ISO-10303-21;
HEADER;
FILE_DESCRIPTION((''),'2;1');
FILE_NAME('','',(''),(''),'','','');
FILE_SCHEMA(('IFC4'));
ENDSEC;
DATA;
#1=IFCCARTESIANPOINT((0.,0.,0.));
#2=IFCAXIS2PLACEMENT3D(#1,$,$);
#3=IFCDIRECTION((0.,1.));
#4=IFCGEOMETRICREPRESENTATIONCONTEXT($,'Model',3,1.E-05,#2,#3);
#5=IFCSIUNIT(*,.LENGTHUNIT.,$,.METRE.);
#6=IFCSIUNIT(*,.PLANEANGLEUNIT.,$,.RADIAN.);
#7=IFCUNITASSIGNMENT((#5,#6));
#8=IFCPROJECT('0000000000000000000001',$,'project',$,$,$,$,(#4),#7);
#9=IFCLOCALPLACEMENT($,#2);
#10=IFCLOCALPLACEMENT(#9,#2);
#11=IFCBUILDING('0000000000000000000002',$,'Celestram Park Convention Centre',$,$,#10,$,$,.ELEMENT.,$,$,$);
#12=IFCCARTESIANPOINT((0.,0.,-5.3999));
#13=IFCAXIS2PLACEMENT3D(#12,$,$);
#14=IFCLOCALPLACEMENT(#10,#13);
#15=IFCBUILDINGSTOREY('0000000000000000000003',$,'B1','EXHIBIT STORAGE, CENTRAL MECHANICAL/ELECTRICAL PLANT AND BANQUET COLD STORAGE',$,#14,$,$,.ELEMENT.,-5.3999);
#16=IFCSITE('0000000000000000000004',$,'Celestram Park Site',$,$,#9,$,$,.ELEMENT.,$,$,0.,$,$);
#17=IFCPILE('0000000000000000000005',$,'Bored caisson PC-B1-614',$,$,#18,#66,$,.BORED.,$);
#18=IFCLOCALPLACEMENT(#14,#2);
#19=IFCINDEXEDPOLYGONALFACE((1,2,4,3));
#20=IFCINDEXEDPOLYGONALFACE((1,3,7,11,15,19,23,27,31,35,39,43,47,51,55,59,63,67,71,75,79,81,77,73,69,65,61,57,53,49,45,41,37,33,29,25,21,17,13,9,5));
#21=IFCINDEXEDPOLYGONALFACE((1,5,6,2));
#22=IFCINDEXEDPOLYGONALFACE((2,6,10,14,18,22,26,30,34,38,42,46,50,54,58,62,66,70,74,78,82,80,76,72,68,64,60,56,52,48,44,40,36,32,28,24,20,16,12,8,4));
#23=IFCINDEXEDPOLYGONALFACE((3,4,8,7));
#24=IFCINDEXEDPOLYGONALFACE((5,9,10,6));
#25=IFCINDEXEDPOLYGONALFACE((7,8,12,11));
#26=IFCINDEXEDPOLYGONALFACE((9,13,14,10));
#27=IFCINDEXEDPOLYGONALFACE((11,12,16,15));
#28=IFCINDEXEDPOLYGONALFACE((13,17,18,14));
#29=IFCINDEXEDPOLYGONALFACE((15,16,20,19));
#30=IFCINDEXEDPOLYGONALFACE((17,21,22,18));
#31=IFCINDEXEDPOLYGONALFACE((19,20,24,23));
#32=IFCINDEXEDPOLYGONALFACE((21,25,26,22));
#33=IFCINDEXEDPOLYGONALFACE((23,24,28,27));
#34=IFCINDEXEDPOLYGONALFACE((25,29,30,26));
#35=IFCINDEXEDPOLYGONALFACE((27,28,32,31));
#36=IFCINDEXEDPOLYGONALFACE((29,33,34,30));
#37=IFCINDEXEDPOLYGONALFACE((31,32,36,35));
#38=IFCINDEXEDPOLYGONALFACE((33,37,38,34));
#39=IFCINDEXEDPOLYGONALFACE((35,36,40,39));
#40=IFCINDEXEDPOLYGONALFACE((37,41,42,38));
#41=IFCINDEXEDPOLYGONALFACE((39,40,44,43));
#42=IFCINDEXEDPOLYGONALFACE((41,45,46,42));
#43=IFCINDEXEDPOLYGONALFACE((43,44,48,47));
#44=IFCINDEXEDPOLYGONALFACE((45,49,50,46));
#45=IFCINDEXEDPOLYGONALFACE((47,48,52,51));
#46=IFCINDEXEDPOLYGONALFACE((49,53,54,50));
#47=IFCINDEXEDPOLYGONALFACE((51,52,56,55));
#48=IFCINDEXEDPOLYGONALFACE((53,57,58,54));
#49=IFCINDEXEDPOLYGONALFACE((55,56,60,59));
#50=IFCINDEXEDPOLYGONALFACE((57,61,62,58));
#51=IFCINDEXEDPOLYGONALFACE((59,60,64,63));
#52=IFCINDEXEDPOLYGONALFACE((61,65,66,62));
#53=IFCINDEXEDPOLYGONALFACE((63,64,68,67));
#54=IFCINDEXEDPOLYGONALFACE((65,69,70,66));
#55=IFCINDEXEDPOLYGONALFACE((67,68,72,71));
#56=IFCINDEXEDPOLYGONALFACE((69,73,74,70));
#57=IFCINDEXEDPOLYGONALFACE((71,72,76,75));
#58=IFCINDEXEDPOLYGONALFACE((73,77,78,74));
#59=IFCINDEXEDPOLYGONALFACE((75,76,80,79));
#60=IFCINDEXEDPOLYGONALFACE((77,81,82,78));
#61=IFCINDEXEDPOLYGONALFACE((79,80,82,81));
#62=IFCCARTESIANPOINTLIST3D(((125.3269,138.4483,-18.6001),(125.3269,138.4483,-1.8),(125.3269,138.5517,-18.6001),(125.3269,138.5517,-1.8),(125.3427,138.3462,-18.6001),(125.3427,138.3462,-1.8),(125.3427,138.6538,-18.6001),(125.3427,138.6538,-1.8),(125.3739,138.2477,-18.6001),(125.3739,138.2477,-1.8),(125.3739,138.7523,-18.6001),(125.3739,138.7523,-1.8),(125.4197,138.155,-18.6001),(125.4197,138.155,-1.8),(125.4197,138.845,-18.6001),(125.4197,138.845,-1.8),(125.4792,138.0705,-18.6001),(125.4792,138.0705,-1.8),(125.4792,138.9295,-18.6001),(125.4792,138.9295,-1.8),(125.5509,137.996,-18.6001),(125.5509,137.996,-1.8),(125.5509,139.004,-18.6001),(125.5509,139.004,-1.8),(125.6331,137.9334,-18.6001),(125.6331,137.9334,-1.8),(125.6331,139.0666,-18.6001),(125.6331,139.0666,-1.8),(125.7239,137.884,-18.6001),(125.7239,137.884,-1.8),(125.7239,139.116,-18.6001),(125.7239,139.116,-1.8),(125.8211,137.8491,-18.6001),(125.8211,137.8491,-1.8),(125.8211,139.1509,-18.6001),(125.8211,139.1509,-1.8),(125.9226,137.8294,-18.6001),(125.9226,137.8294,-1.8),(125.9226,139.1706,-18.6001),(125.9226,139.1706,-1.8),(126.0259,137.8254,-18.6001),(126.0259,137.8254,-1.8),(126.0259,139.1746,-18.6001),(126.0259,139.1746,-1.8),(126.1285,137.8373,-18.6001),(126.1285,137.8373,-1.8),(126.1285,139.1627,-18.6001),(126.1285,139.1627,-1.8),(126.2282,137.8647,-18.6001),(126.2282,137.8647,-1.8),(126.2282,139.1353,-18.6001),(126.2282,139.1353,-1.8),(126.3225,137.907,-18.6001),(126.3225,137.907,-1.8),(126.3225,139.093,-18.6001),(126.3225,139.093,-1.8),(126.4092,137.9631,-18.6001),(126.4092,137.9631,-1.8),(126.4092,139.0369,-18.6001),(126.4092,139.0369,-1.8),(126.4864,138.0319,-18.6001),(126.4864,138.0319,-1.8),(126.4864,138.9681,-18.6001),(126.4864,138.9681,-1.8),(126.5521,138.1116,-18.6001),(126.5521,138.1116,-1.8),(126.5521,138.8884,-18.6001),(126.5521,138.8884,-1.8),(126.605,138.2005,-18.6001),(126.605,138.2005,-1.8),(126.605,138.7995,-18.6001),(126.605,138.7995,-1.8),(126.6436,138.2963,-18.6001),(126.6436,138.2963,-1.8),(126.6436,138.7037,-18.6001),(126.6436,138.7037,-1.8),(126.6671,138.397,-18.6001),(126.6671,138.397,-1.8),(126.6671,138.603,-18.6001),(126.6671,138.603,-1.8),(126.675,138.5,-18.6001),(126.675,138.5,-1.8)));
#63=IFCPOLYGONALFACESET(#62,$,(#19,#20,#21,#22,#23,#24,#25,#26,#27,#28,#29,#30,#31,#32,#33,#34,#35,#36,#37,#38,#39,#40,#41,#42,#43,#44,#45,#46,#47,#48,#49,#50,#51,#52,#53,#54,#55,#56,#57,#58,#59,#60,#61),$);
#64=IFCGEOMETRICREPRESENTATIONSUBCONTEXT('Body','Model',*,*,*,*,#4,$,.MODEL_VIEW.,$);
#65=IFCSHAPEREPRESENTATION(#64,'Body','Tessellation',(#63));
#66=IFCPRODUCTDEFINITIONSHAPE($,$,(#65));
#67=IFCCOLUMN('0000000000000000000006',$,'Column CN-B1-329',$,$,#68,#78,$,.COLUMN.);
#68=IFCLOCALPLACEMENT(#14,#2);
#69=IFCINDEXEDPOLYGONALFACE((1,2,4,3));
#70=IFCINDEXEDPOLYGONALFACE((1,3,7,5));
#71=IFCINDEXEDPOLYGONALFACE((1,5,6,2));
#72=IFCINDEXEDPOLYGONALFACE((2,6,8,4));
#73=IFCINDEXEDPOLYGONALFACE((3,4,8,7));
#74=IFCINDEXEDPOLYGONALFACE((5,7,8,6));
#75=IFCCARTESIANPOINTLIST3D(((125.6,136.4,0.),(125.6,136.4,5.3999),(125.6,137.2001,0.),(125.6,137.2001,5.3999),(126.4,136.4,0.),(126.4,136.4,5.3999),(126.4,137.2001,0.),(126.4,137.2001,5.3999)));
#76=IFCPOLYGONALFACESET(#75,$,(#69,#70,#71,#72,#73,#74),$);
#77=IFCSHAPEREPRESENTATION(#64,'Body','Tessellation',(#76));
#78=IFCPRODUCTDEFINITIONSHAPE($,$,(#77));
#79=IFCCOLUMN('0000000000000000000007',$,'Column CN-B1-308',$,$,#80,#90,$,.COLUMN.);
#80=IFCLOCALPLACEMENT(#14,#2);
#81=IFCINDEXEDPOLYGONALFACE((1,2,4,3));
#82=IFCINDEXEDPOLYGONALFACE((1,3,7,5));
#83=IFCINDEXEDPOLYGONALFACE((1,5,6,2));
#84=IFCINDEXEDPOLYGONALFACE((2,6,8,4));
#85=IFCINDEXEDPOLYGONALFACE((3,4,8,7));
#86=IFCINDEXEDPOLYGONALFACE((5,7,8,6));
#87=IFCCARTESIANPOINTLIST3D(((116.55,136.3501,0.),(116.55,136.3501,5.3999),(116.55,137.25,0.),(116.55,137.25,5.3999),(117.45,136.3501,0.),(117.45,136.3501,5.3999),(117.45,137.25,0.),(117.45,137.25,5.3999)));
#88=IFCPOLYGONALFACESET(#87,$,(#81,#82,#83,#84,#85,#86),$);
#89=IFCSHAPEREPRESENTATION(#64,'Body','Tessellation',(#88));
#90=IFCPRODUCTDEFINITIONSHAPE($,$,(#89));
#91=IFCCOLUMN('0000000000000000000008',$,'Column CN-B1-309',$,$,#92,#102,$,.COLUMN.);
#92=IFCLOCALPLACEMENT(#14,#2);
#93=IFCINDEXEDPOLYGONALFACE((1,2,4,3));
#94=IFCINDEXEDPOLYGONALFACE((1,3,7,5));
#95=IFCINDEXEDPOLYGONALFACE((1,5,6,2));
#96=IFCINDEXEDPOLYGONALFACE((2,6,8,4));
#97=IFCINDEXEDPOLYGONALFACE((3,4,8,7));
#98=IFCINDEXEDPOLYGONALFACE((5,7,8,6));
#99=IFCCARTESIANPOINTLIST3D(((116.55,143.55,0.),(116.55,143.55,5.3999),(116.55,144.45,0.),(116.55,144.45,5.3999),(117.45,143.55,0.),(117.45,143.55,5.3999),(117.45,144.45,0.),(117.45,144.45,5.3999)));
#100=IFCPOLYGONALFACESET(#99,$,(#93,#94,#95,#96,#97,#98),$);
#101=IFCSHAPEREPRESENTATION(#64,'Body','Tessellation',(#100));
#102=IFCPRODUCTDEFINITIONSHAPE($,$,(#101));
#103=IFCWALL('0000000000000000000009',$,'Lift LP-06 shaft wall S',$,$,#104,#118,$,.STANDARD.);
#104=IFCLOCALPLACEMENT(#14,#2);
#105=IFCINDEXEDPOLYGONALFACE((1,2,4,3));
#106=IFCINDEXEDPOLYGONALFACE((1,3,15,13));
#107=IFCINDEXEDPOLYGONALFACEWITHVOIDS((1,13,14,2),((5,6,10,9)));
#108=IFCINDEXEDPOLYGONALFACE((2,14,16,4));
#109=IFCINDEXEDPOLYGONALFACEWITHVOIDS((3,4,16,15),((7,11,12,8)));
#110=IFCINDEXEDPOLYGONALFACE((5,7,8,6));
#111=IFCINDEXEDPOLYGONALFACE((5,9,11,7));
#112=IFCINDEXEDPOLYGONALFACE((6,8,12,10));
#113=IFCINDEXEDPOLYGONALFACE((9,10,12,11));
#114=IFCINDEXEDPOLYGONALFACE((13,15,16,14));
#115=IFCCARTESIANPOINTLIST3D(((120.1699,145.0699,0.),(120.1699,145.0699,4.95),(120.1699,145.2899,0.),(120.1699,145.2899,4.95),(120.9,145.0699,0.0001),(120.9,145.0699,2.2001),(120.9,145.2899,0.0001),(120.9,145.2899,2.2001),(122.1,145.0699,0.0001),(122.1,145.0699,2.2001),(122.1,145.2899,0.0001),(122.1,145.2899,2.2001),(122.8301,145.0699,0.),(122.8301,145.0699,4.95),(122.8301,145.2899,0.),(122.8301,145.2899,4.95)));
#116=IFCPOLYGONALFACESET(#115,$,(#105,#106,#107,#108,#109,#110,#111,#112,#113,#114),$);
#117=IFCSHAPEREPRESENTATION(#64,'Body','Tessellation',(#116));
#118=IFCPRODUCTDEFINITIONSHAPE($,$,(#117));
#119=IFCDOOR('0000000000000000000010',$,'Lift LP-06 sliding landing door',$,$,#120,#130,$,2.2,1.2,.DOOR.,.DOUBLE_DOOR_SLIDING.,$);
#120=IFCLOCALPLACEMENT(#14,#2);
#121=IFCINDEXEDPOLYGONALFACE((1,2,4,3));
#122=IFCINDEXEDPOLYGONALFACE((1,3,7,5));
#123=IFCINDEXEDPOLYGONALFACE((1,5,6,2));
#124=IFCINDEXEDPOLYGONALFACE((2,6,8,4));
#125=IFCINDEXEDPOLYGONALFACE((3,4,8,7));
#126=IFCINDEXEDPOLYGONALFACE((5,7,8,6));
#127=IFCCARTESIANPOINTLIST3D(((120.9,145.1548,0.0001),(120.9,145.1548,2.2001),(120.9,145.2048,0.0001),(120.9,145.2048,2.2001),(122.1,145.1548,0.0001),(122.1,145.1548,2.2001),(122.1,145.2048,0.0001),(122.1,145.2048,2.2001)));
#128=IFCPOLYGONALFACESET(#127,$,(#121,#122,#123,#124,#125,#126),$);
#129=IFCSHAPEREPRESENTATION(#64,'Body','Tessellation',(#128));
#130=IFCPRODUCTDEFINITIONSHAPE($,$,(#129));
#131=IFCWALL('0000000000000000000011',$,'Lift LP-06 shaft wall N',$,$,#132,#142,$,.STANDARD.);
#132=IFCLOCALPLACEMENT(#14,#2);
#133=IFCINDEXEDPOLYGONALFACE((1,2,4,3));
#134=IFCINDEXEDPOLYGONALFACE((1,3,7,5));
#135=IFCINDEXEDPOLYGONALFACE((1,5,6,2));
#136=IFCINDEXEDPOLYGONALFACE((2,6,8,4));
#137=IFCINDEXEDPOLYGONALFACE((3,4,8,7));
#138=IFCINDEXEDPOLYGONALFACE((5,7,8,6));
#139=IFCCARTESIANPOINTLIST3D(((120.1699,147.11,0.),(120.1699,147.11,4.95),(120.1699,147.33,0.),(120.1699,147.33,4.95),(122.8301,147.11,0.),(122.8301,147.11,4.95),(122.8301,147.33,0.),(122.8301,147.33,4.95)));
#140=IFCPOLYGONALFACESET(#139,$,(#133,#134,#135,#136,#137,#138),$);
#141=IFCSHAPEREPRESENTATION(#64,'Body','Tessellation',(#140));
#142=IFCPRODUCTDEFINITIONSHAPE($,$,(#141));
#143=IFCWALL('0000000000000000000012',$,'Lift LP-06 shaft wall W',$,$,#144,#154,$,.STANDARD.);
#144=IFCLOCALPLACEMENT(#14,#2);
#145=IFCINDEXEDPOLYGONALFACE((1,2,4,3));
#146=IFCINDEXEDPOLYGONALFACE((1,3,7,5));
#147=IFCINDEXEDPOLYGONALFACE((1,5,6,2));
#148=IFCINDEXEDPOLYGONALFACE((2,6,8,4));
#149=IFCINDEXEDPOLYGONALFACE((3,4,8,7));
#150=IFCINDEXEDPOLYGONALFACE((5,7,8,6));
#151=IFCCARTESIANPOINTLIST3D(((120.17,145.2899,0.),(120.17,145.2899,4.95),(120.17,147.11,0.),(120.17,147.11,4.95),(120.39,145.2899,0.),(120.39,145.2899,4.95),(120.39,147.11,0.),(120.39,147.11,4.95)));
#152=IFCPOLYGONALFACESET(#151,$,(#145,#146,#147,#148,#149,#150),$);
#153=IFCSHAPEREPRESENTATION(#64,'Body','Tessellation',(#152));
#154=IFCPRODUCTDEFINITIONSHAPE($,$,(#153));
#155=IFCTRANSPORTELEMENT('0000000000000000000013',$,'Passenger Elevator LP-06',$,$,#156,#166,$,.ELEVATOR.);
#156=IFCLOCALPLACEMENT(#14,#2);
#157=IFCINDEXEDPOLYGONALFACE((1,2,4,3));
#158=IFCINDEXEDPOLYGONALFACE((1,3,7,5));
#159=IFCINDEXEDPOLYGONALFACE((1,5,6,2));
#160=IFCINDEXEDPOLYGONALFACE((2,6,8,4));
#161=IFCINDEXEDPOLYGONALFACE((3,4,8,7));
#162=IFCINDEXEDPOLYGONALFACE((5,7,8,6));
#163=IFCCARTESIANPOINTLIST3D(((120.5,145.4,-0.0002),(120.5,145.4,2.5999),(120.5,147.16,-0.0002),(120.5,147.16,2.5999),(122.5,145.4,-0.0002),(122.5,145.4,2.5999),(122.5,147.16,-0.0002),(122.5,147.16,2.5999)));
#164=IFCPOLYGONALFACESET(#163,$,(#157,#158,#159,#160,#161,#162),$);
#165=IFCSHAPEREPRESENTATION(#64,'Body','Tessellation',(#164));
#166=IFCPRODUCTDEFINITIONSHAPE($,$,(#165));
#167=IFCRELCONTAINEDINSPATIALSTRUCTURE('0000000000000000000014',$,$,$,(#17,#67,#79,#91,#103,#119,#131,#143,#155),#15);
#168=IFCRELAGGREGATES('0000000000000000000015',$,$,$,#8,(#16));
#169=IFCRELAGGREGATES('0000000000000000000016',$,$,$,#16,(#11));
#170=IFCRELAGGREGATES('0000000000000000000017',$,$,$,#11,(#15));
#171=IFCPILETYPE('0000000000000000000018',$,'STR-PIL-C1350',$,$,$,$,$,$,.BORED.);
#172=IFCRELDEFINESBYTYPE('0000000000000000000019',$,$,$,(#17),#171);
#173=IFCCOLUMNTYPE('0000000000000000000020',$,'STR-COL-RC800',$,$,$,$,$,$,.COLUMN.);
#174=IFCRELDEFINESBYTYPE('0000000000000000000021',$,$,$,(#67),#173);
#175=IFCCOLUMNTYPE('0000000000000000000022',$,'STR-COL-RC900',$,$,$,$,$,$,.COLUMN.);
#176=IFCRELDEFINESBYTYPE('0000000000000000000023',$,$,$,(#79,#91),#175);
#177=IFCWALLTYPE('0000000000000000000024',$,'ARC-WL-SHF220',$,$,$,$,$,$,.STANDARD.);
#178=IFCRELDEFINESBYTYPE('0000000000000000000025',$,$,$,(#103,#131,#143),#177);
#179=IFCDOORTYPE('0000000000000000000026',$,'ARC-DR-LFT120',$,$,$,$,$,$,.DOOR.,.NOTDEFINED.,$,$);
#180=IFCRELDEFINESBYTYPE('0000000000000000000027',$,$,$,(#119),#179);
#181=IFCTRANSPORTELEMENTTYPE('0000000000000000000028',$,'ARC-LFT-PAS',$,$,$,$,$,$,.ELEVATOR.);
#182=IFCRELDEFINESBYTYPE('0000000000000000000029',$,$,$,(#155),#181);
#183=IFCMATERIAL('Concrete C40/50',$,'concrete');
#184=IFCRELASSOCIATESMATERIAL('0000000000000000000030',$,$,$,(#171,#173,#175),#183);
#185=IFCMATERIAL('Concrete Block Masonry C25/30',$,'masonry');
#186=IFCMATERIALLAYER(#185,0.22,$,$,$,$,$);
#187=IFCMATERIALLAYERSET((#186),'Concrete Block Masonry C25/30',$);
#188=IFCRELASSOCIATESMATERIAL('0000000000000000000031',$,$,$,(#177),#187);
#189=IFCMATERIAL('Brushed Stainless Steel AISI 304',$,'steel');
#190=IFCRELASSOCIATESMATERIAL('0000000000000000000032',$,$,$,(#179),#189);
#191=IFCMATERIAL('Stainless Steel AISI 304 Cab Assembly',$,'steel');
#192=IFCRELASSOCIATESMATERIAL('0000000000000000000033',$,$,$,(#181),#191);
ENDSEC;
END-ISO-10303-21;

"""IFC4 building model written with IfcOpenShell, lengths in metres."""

from ifc_helpers import new_model, si_unit, direction, frame, frame_2d, origin, origin_2d, place, context, subcontext, project, spatial, rectangle, circle, extrude, material, layer, layer_set, material_profile, profile_set, type_object, element, fill, save


model = new_model("IFC4")

# Units and contexts
model_context = context("Model", 3, precision=1e-05, world=origin(), true_north=direction((0.0, 1.0)))
body_context = subcontext(model_context, "Body", "Model", "MODEL_VIEW")
ifc_project = project(units=[si_unit("LENGTHUNIT", "METRE"), si_unit("PLANEANGLEUNIT", "RADIAN")], contexts=[model_context])

# Site, building, storey
site_placement = place(None, origin())
site = spatial("IfcSite", under=ifc_project, at=site_placement, Name="Celestram Park Site", CompositionType="ELEMENT", RefElevation=0.0)
building_placement = place(site_placement, origin())
building = spatial("IfcBuilding", under=site, at=building_placement, Name="Celestram Park Convention Centre", CompositionType="ELEMENT")
storey_placement = place(building_placement, frame((0.0, 0.0, -5.3999)))
storey = spatial("IfcBuildingStorey", under=building, at=storey_placement, Name="B1", Description="EXHIBIT STORAGE, CENTRAL MECHANICAL/ELECTRICAL PLANT AND BANQUET COLD STORAGE", CompositionType="ELEMENT", Elevation=-5.3999)

# Shared definitions
ifc_material_1 = material(Name="Concrete C40/50", Category="concrete")

# Pile
ifc_material_profile_1 = material_profile(ifc_material_1, circle(Radius=0.675, at=origin_2d()), Name="CAISSON1350")
ifc_profile_set_1 = profile_set([ifc_material_profile_1], Name="Concrete C40/50")
pile_type_1 = type_object("IfcPileType", Name="STR-PIL-C1350", PredefinedType="BORED", material=ifc_profile_set_1)
for number, where, z_axis, x_axis, name in (
    (1, (126.0, 138.5, -1.8), (0.0, 0.0, -1.0), (1.0, 0.0, 0.0), "Bored caisson PC-B1-614"),
):
    element("IfcPile", number, at=place(storey_placement, frame(where, z_axis=z_axis, x_axis=x_axis)), inside=storey, type_object=pile_type_1, Name=name, PredefinedType="BORED", context=body_context, shape_type="SweptSolid", body=[
        extrude(circle(Radius=0.675, at=origin_2d()), origin(), (0.0, 0.0, 1.0), 16.8),
    ])

# Columns
ifc_material_profile_2 = material_profile(ifc_material_1, rectangle(XDim=0.8, YDim=0.8, at=origin_2d()), Name="RC800X800")
ifc_profile_set_2 = profile_set([ifc_material_profile_2], Name="Concrete C40/50")
column_type_1 = type_object("IfcColumnType", Name="STR-COL-RC800", PredefinedType="COLUMN", material=ifc_profile_set_2)
column_placement = place(storey_placement, frame((126.0, 136.8, 0.0), z_axis=(0.0, 0.0, 1.0), x_axis=(1.0, 0.0, 0.0)))
element("IfcColumn", 2, at=column_placement, inside=storey, type_object=column_type_1, Name="Column CN-B1-329", PredefinedType="COLUMN", context=body_context, shape_type="SweptSolid", body=[
    extrude(rectangle(XDim=0.8, YDim=0.8, at=origin_2d()), origin(), (0.0, 0.0, 1.0), 5.3999),
])
ifc_material_profile_3 = material_profile(ifc_material_1, rectangle(XDim=0.8999, YDim=0.8999, at=origin_2d()), Name="RC900X900")
ifc_profile_set_3 = profile_set([ifc_material_profile_3], Name="Concrete C40/50")
column_type_2 = type_object("IfcColumnType", Name="STR-COL-RC900", PredefinedType="COLUMN", material=ifc_profile_set_3)
for number, where, z_axis, x_axis, name in (
    (3, (117.0, 136.8, 0.0), (0.0, 0.0, 1.0), (1.0, 0.0, 0.0), "Column CN-B1-308"),
    (4, (117.0, 144.0, 0.0), (0.0, 0.0, 1.0), (1.0, 0.0, 0.0), "Column CN-B1-309"),
):
    element("IfcColumn", number, at=place(storey_placement, frame(where, z_axis=z_axis, x_axis=x_axis)), inside=storey, type_object=column_type_2, Name=name, PredefinedType="COLUMN", context=body_context, shape_type="SweptSolid", body=[
        extrude(rectangle(XDim=0.8999, YDim=0.8999, at=origin_2d()), origin(), (0.0, 0.0, 1.0), 5.3999),
    ])

# Wall, opening, door
ifc_material_2 = material(Name="Concrete Block Masonry C25/30", Category="masonry")
ifc_layer = layer(ifc_material_2, 0.22)
ifc_layer_set = layer_set([ifc_layer], Name="Concrete Block Masonry C25/30")
wall_type = type_object("IfcWallType", Name="ARC-WL-SHF220", PredefinedType="STANDARD", material=ifc_layer_set)
wall_1_placement = place(storey_placement, frame((120.1699, 145.1799, 0.0), z_axis=(0.0, 0.0, 1.0), x_axis=(1.0, 0.0, 0.0)))
wall_1 = element("IfcWall", 5, at=wall_1_placement, inside=storey, type_object=wall_type, Name="Lift LP-06 shaft wall S", PredefinedType="STANDARD", context=body_context, shape_type="SweptSolid", body=[
    extrude(rectangle(XDim=2.6602, YDim=0.22, at=frame_2d((1.3301, 0.0))), origin(), (0.0, 0.0, 1.0), 4.95),
])
opening_placement = place(wall_1_placement, frame((0.73, 0.0, 0.0)))
opening = element("IfcOpeningElement", 6, at=opening_placement, cuts=wall_1, PredefinedType="OPENING", context=body_context, shape_type="SweptSolid", body=[
    extrude(rectangle(XDim=1.2, YDim=2.2, at=frame_2d((0.6001, 1.1001))), frame((0.0, 0.1199, 0.0), z_axis=(0.0, -1.0, 0.0), x_axis=(1.0, 0.0, 0.0)), (0.0, 0.0, 1.0), 0.24),
])
ifc_material_3 = material(Name="Brushed Stainless Steel AISI 304", Category="steel")
door_type = type_object("IfcDoorType", Name="ARC-DR-LFT120", OperationType="NOTDEFINED", PredefinedType="DOOR", material=ifc_material_3)
door_placement = place(opening_placement, origin())
door = element("IfcDoor", 7, at=door_placement, inside=storey, type_object=door_type, Name="Lift LP-06 sliding landing door", OperationType="DOUBLE_DOOR_SLIDING", OverallHeight=2.2, OverallWidth=1.2, PredefinedType="DOOR", context=body_context, shape_type="SweptSolid", body=[
    extrude(rectangle(XDim=1.2, YDim=2.2, at=frame_2d((0.6001, 1.1001))), frame((0.0, 0.0249, 0.0), z_axis=(0.0, -1.0, 0.0), x_axis=(1.0, 0.0, 0.0)), (0.0, 0.0, 1.0), 0.05),
])
fill(opening, door)

# Walls
wall_2_placement = place(storey_placement, frame((122.8301, 147.22, 0.0), z_axis=(0.0, 0.0, 1.0), x_axis=(-1.0, 0.0, 0.0)))
element("IfcWall", 8, at=wall_2_placement, inside=storey, type_object=wall_type, Name="Lift LP-06 shaft wall N", PredefinedType="STANDARD", context=body_context, shape_type="SweptSolid", body=[
    extrude(rectangle(XDim=2.6602, YDim=0.22, at=frame_2d((1.3301, 0.0))), origin(), (0.0, 0.0, 1.0), 4.95),
])
for number, where, z_axis, x_axis, name in (
    (9, (120.28, 147.1101, 0.0), (0.0, 0.0, 1.0), (0.0, -1.0, 0.0), "Lift LP-06 shaft wall W"),
):
    element("IfcWall", number, at=place(storey_placement, frame(where, z_axis=z_axis, x_axis=x_axis)), inside=storey, type_object=wall_type, Name=name, PredefinedType="STANDARD", context=body_context, shape_type="SweptSolid", body=[
        extrude(rectangle(XDim=1.8201, YDim=0.22, at=frame_2d((0.9102, 0.0))), origin(), (0.0, 0.0, 1.0), 4.95),
    ])

# Transport element
ifc_material_4 = material(Name="Stainless Steel AISI 304 Cab Assembly", Category="steel")
transport_element_type = type_object("IfcTransportElementType", Name="ARC-LFT-PAS", PredefinedType="ELEVATOR", material=ifc_material_4)
transport_element_placement = place(storey_placement, frame((121.5, 146.28, -0.0002), z_axis=(0.0, 0.0, 1.0), x_axis=(1.0, 0.0, 0.0)))
element("IfcTransportElement", 10, at=transport_element_placement, inside=storey, type_object=transport_element_type, Name="Passenger Elevator LP-06", PredefinedType="ELEVATOR", context=body_context, shape_type="SweptSolid", body=[
    extrude(rectangle(XDim=2.0, YDim=1.76, at=origin_2d()), origin(), (0.0, 0.0, 1.0), 2.6001),
])

save(model, "model.ifc")
